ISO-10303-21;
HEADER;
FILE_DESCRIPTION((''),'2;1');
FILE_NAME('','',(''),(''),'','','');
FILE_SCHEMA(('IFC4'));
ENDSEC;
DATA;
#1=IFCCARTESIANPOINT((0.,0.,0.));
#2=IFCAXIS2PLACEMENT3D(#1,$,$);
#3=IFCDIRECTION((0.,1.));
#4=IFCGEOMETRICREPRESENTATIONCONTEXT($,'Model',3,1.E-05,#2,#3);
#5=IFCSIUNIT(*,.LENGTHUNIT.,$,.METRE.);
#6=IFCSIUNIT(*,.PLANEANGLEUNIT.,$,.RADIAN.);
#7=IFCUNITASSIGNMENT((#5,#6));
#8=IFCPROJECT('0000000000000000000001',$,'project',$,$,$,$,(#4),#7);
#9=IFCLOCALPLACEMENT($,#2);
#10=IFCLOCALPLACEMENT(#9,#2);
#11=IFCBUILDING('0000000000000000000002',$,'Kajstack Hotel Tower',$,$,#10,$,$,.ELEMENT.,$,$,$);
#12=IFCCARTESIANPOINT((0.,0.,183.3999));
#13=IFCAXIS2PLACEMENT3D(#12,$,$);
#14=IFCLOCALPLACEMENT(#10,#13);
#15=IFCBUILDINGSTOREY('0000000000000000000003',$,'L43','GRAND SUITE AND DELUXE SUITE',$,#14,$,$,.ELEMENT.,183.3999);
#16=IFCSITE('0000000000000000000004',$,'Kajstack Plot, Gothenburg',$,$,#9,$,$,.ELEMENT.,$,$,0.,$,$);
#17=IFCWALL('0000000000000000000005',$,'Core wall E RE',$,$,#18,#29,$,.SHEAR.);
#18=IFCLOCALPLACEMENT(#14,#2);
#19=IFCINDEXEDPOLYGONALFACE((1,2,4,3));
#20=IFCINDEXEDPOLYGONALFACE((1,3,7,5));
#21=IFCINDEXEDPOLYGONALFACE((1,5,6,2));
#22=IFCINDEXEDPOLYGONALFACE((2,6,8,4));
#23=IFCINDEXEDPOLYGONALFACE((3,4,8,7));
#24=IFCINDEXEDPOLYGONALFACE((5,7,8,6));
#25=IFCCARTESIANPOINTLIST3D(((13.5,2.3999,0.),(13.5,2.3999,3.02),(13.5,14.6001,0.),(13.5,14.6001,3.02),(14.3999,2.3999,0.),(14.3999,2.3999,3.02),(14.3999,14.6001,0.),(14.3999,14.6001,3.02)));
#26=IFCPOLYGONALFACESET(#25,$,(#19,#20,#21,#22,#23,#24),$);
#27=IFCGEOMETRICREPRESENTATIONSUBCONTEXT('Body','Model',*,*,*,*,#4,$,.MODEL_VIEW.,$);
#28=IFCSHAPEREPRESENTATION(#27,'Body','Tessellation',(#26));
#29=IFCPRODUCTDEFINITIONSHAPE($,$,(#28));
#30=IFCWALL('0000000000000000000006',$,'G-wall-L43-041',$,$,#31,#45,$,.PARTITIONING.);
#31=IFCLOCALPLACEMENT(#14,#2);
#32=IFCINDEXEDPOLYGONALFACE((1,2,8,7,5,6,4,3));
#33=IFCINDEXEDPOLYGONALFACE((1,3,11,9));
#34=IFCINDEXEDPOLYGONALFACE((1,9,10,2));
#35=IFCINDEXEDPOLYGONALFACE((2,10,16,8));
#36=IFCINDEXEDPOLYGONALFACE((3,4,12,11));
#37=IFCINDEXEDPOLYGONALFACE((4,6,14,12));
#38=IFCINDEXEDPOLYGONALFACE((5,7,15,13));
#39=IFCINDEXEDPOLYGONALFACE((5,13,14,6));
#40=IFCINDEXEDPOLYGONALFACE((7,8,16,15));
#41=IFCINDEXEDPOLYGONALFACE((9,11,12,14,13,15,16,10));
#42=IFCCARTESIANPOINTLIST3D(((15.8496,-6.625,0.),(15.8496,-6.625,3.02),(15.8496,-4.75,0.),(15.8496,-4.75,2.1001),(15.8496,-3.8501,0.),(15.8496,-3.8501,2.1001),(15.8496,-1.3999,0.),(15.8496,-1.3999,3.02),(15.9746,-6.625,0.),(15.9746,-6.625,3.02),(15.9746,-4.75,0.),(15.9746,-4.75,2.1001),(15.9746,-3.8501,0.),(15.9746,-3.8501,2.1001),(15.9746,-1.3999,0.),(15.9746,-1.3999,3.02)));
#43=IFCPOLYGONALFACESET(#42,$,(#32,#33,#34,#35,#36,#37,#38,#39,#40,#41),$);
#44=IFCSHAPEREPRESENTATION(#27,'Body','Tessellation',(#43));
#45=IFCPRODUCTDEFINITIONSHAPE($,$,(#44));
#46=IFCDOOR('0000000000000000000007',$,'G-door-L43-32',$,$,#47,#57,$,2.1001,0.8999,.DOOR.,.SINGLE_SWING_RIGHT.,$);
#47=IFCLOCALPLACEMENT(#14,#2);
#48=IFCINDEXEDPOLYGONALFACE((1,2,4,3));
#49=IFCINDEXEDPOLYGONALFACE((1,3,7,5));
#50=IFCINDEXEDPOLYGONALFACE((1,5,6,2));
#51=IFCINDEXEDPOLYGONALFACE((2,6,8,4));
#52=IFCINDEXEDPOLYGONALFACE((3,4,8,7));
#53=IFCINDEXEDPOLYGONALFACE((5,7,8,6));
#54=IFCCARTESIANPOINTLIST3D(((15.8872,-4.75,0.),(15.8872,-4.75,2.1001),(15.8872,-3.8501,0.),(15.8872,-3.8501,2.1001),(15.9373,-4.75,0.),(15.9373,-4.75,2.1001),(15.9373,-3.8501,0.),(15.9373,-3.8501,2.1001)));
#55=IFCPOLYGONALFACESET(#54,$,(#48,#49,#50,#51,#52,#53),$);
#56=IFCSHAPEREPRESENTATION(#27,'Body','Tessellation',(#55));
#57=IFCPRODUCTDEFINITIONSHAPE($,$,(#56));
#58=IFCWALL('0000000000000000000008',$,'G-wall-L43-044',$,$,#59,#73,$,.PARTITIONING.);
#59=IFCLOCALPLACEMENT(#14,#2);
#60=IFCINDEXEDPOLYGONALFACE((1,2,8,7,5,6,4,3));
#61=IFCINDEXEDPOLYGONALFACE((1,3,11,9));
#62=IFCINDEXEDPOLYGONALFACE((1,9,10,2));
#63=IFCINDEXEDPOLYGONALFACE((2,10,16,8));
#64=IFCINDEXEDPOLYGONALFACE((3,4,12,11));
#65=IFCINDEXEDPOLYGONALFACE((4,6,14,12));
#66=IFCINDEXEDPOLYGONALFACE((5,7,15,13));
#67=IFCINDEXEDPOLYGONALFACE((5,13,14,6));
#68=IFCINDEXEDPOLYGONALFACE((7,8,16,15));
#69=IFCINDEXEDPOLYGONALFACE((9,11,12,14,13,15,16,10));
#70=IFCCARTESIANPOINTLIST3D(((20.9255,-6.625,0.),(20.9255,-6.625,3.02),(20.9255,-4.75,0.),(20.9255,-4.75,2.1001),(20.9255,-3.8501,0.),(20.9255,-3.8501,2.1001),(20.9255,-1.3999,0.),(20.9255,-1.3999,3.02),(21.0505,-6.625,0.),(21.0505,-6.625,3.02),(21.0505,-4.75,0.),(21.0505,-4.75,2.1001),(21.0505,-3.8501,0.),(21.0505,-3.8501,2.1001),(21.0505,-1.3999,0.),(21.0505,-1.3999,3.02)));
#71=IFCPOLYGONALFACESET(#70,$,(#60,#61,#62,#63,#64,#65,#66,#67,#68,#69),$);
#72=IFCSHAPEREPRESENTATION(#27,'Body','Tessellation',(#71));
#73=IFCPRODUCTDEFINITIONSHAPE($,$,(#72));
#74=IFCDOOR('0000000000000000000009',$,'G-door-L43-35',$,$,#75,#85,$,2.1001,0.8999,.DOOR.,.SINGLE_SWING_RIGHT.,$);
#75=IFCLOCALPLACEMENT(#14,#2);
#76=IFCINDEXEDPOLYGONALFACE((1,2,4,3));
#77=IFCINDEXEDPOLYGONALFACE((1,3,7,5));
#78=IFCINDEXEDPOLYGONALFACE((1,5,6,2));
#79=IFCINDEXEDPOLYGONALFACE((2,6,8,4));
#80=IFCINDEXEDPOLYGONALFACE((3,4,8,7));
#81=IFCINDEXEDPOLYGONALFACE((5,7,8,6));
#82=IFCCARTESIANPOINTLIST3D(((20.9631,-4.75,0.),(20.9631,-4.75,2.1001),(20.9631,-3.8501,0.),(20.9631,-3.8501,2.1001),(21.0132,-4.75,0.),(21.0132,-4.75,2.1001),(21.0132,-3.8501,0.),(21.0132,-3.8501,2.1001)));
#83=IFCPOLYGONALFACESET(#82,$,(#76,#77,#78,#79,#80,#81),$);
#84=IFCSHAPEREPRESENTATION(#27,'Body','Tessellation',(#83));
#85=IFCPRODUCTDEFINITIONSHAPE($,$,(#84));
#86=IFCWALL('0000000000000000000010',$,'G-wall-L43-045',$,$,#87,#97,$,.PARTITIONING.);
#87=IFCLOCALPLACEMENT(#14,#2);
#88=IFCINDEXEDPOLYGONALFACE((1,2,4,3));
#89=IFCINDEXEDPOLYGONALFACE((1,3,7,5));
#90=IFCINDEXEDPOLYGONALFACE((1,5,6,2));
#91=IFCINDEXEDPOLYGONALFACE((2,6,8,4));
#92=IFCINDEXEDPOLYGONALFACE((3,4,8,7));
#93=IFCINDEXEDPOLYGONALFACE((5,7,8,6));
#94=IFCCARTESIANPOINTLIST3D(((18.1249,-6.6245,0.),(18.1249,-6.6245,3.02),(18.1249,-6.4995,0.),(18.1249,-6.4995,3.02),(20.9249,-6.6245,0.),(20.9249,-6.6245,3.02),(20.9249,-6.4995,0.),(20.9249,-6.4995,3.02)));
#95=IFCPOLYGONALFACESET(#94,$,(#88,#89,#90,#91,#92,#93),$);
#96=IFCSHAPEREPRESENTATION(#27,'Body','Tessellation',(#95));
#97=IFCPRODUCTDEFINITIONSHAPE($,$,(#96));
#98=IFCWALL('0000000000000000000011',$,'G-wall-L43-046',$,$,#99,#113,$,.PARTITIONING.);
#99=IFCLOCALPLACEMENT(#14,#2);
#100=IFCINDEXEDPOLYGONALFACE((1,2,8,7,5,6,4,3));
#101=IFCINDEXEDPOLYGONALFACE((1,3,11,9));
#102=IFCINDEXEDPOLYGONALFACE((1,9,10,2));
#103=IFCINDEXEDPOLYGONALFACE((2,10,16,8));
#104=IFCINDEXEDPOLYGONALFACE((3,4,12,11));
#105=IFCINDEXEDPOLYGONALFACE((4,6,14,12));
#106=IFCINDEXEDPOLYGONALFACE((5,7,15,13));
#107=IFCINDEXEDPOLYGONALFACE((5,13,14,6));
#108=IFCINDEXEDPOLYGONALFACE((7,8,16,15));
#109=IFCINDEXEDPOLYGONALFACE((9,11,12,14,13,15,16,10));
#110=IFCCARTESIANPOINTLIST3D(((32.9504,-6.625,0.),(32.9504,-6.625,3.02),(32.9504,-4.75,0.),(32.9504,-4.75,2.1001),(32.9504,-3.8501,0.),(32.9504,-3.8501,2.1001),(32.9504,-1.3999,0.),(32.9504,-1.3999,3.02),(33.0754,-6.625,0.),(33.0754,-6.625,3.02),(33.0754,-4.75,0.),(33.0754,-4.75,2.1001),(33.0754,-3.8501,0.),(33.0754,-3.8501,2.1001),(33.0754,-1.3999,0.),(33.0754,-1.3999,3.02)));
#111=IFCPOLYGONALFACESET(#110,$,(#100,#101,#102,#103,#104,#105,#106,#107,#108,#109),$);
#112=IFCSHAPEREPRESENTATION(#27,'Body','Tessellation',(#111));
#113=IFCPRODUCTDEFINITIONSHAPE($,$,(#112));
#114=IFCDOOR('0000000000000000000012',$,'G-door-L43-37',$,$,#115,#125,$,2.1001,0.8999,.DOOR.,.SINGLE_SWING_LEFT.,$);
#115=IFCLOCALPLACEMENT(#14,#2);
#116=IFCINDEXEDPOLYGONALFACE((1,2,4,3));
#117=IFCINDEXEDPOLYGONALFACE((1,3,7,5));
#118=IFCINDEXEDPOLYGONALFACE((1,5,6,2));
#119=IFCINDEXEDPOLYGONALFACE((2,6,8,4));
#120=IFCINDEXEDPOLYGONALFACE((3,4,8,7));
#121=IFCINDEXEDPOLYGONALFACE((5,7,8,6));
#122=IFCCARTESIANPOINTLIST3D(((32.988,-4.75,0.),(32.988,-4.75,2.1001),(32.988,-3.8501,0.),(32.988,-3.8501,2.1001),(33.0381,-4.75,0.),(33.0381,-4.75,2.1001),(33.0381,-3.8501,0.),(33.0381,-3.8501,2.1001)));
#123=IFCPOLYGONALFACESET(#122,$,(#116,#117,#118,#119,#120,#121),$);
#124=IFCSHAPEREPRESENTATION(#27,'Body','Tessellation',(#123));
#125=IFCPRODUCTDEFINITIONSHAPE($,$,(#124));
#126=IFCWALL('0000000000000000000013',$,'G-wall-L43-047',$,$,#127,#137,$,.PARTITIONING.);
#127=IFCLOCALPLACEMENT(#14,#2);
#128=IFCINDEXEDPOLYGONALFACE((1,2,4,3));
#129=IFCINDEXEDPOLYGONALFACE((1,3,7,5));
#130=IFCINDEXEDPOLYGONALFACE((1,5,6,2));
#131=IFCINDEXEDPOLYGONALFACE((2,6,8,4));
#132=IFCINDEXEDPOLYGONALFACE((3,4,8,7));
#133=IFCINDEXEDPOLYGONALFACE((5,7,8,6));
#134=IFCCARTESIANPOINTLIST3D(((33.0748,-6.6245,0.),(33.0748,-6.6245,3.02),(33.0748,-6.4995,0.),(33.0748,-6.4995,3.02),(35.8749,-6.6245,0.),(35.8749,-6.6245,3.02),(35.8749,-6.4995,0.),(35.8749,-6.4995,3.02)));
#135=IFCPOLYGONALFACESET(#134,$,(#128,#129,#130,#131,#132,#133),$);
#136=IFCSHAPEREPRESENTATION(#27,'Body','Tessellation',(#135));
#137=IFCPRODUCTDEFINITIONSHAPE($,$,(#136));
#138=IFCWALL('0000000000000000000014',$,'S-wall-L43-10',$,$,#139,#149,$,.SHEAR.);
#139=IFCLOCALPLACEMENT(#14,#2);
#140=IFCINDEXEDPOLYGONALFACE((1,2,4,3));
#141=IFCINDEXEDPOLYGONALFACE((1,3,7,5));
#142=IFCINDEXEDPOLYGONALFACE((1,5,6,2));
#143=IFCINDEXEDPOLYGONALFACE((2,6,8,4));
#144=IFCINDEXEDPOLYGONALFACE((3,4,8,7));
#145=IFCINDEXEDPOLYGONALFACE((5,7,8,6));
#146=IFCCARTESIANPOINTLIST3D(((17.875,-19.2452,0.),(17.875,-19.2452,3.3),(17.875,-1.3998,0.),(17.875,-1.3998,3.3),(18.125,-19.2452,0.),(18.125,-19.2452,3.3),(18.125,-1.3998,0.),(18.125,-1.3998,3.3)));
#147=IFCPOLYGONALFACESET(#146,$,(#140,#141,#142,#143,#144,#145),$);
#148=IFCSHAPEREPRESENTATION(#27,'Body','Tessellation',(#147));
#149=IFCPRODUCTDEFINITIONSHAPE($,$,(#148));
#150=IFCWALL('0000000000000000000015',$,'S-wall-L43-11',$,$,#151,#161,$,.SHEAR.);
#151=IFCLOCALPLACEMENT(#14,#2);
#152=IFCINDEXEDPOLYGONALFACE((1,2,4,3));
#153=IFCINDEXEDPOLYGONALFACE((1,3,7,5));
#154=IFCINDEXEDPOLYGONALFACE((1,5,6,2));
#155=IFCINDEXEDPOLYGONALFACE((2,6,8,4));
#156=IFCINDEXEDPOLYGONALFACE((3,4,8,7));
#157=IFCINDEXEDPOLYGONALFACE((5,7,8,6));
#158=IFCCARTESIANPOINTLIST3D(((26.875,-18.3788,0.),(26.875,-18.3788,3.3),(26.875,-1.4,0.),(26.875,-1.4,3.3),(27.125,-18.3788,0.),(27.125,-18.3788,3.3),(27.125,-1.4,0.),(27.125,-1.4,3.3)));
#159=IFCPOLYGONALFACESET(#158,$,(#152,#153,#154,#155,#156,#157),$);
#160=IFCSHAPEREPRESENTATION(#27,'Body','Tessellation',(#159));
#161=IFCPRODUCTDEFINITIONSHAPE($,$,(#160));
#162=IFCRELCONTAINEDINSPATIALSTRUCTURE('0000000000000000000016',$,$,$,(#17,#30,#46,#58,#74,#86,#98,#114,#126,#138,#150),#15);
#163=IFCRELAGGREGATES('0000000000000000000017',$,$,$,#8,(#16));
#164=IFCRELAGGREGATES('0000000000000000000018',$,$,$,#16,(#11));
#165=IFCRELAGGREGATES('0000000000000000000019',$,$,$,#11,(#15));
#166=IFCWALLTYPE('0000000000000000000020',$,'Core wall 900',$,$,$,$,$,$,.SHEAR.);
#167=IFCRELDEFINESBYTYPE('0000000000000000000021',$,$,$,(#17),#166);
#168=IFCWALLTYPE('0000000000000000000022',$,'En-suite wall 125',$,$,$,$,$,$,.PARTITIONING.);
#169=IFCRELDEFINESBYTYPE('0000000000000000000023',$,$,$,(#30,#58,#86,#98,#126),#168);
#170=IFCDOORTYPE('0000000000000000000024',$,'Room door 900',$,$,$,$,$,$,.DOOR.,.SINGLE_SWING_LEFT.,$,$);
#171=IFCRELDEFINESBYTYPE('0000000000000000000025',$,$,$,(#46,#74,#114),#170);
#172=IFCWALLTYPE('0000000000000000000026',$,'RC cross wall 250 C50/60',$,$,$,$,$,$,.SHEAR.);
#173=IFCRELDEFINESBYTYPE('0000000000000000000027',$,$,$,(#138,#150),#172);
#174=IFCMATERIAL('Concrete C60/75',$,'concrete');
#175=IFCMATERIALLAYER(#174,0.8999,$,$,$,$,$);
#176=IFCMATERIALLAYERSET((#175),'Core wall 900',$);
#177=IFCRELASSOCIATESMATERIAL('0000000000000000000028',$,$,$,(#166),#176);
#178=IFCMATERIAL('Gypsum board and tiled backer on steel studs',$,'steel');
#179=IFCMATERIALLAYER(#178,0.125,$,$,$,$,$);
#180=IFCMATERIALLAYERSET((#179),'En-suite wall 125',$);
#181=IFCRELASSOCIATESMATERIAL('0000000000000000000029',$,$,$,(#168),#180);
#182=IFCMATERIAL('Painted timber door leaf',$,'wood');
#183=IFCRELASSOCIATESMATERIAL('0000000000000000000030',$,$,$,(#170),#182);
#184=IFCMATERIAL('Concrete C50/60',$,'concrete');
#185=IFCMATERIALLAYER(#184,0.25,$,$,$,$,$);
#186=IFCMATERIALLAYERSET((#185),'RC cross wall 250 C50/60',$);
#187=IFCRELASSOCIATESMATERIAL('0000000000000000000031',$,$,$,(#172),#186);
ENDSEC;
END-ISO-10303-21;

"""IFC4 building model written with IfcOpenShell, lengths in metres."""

from ifc_helpers import new_model, si_unit, direction, frame, frame_2d, origin, place, context, subcontext, project, spatial, rectangle, extrude, material, layer, layer_set, type_object, element, fill, save


model = new_model("IFC4")

# Units and contexts
model_context = context("Model", 3, precision=1e-05, world=origin(), true_north=direction((0.0, 1.0)))
body_context = subcontext(model_context, "Body", "Model", "MODEL_VIEW")
ifc_project = project(units=[si_unit("LENGTHUNIT", "METRE"), si_unit("PLANEANGLEUNIT", "RADIAN")], contexts=[model_context])

# Site, building, storey
site_placement = place(None, origin())
site = spatial("IfcSite", under=ifc_project, at=site_placement, Name="Kajstack Plot, Gothenburg", CompositionType="ELEMENT", RefElevation=0.0)
building_placement = place(site_placement, origin())
building = spatial("IfcBuilding", under=site, at=building_placement, Name="Kajstack Hotel Tower", CompositionType="ELEMENT")
storey_placement = place(building_placement, frame((0.0, 0.0, 183.3999)))
storey = spatial("IfcBuildingStorey", under=building, at=storey_placement, Name="L43", Description="GRAND SUITE AND DELUXE SUITE", CompositionType="ELEMENT", Elevation=183.3999)

# Wall
ifc_material_1 = material(Name="Concrete C60/75", Category="concrete")
ifc_layer_1 = layer(ifc_material_1, 0.8999)
ifc_layer_set_1 = layer_set([ifc_layer_1], Name="Core wall 900")
wall_type_1 = type_object("IfcWallType", Name="Core wall 900", PredefinedType="SHEAR", material=ifc_layer_set_1)
wall_1_placement = place(storey_placement, frame((13.95, 2.3999, 0.0), z_axis=(0.0, 0.0, 1.0), x_axis=(0.0, 1.0, 0.0)))
element("IfcWall", 1, at=wall_1_placement, inside=storey, type_object=wall_type_1, Name="Core wall E RE", PredefinedType="SHEAR", context=body_context, shape_type="SweptSolid", body=[
    extrude(rectangle(XDim=12.2002, YDim=0.8999, at=frame_2d((6.1001, 0.0))), origin(), (0.0, 0.0, 1.0), 3.02),
])

# Walls, openings, doors
ifc_material_2 = material(Name="Gypsum board and tiled backer on steel studs", Category="steel")
ifc_layer_2 = layer(ifc_material_2, 0.125)
ifc_layer_set_2 = layer_set([ifc_layer_2], Name="En-suite wall 125")
wall_type_2 = type_object("IfcWallType", Name="En-suite wall 125", PredefinedType="PARTITIONING", material=ifc_layer_set_2)
wall_2_placement = place(storey_placement, frame((15.9121, -6.625, 0.0), z_axis=(0.0, 0.0, 1.0), x_axis=(0.0, 1.0, 0.0)))
wall_2 = element("IfcWall", 2, at=wall_2_placement, inside=storey, type_object=wall_type_2, Name="G-wall-L43-041", PredefinedType="PARTITIONING", context=body_context, shape_type="SweptSolid", body=[
    extrude(rectangle(XDim=5.2251, YDim=0.125, at=frame_2d((2.6125, 0.0))), origin(), (0.0, 0.0, 1.0), 3.02),
])
opening_1_placement = place(wall_2_placement, frame((1.875, 0.0, 0.0)))
opening_1 = element("IfcOpeningElement", 3, at=opening_1_placement, cuts=wall_2, PredefinedType="OPENING", context=body_context, shape_type="SweptSolid", body=[
    extrude(rectangle(XDim=0.8999, YDim=2.1001, at=frame_2d((0.45, 1.05))), frame((0.0, 0.0725, 0.0), z_axis=(0.0, -1.0, 0.0), x_axis=(1.0, 0.0, 0.0)), (0.0, 0.0, 1.0), 0.145),
])
ifc_material_3 = material(Name="Painted timber door leaf", Category="wood")
door_type_1 = type_object("IfcDoorType", Name="Room door 900", OperationType="SINGLE_SWING_LEFT", PredefinedType="DOOR", material=ifc_material_3)
door_1_placement = place(opening_1_placement, origin())
door_1 = element("IfcDoor", 4, at=door_1_placement, inside=storey, type_object=door_type_1, Name="G-door-L43-32", OperationType="SINGLE_SWING_RIGHT", OverallHeight=2.1001, OverallWidth=0.8999, PredefinedType="DOOR", context=body_context, shape_type="SweptSolid", body=[
    extrude(rectangle(XDim=0.8999, YDim=2.1001, at=frame_2d((0.45, 1.05))), frame((0.0, 0.0249, 0.0), z_axis=(0.0, -1.0, 0.0), x_axis=(1.0, 0.0, 0.0)), (0.0, 0.0, 1.0), 0.05),
])
fill(opening_1, door_1)
wall_3_placement = place(storey_placement, frame((20.988, -6.625, 0.0), z_axis=(0.0, 0.0, 1.0), x_axis=(0.0, 1.0, 0.0)))
wall_3 = element("IfcWall", 5, at=wall_3_placement, inside=storey, type_object=wall_type_2, Name="G-wall-L43-044", PredefinedType="PARTITIONING", context=body_context, shape_type="SweptSolid", body=[
    extrude(rectangle(XDim=5.2251, YDim=0.125, at=frame_2d((2.6125, 0.0))), origin(), (0.0, 0.0, 1.0), 3.02),
])
opening_2_placement = place(wall_3_placement, frame((1.875, 0.0, 0.0)))
opening_2 = element("IfcOpeningElement", 6, at=opening_2_placement, cuts=wall_3, PredefinedType="OPENING", context=body_context, shape_type="SweptSolid", body=[
    extrude(rectangle(XDim=0.8999, YDim=2.1001, at=frame_2d((0.45, 1.05))), frame((0.0, 0.0725, 0.0), z_axis=(0.0, -1.0, 0.0), x_axis=(1.0, 0.0, 0.0)), (0.0, 0.0, 1.0), 0.145),
])
door_2_placement = place(opening_2_placement, origin())
door_2 = element("IfcDoor", 7, at=door_2_placement, inside=storey, type_object=door_type_1, Name="G-door-L43-35", OperationType="SINGLE_SWING_RIGHT", OverallHeight=2.1001, OverallWidth=0.8999, PredefinedType="DOOR", context=body_context, shape_type="SweptSolid", body=[
    extrude(rectangle(XDim=0.8999, YDim=2.1001, at=frame_2d((0.45, 1.05))), frame((0.0, 0.0249, 0.0), z_axis=(0.0, -1.0, 0.0), x_axis=(1.0, 0.0, 0.0)), (0.0, 0.0, 1.0), 0.05),
])
fill(opening_2, door_2)

# Wall
wall_4_placement = place(storey_placement, frame((18.125, -6.562, 0.0), z_axis=(0.0, 0.0, 1.0), x_axis=(1.0, 0.0, 0.0)))
element("IfcWall", 8, at=wall_4_placement, inside=storey, type_object=wall_type_2, Name="G-wall-L43-045", PredefinedType="PARTITIONING", context=body_context, shape_type="SweptSolid", body=[
    extrude(rectangle(XDim=2.8, YDim=0.125, at=frame_2d((1.3999, 0.0))), origin(), (0.0, 0.0, 1.0), 3.02),
])

# Wall, opening, door
wall_5_placement = place(storey_placement, frame((33.0129, -6.625, 0.0), z_axis=(0.0, 0.0, 1.0), x_axis=(0.0, 1.0, 0.0)))
wall_5 = element("IfcWall", 9, at=wall_5_placement, inside=storey, type_object=wall_type_2, Name="G-wall-L43-046", PredefinedType="PARTITIONING", context=body_context, shape_type="SweptSolid", body=[
    extrude(rectangle(XDim=5.2251, YDim=0.125, at=frame_2d((2.6125, 0.0))), origin(), (0.0, 0.0, 1.0), 3.02),
])
opening_3_placement = place(wall_5_placement, frame((1.875, 0.0, 0.0)))
opening_3 = element("IfcOpeningElement", 10, at=opening_3_placement, cuts=wall_5, PredefinedType="OPENING", context=body_context, shape_type="SweptSolid", body=[
    extrude(rectangle(XDim=0.8999, YDim=2.1001, at=frame_2d((0.45, 1.05))), frame((0.0, 0.0725, 0.0), z_axis=(0.0, -1.0, 0.0), x_axis=(1.0, 0.0, 0.0)), (0.0, 0.0, 1.0), 0.145),
])
door_3_placement = place(opening_3_placement, origin())
door_3 = element("IfcDoor", 11, at=door_3_placement, inside=storey, type_object=door_type_1, Name="G-door-L43-37", OperationType="SINGLE_SWING_LEFT", OverallHeight=2.1001, OverallWidth=0.8999, PredefinedType="DOOR", context=body_context, shape_type="SweptSolid", body=[
    extrude(rectangle(XDim=0.8999, YDim=2.1001, at=frame_2d((0.45, 1.05))), frame((0.0, 0.0249, 0.0), z_axis=(0.0, -1.0, 0.0), x_axis=(1.0, 0.0, 0.0)), (0.0, 0.0, 1.0), 0.05),
])
fill(opening_3, door_3)

# Walls
wall_6_placement = place(storey_placement, frame((33.075, -6.562, 0.0), z_axis=(0.0, 0.0, 1.0), x_axis=(1.0, 0.0, 0.0)))
element("IfcWall", 12, at=wall_6_placement, inside=storey, type_object=wall_type_2, Name="G-wall-L43-047", PredefinedType="PARTITIONING", context=body_context, shape_type="SweptSolid", body=[
    extrude(rectangle(XDim=2.8, YDim=0.125, at=frame_2d((1.3999, 0.0))), origin(), (0.0, 0.0, 1.0), 3.02),
])
ifc_material_4 = material(Name="Concrete C50/60", Category="concrete")
ifc_layer_3 = layer(ifc_material_4, 0.25)
ifc_layer_set_3 = layer_set([ifc_layer_3], Name="RC cross wall 250 C50/60")
wall_type_3 = type_object("IfcWallType", Name="RC cross wall 250 C50/60", PredefinedType="SHEAR", material=ifc_layer_set_3)
wall_7_placement = place(storey_placement, frame((18.0, -19.2454, 0.0), z_axis=(0.0, 0.0, 1.0), x_axis=(0.0, 1.0, 0.0)))
element("IfcWall", 13, at=wall_7_placement, inside=storey, type_object=wall_type_3, Name="S-wall-L43-10", PredefinedType="SHEAR", context=body_context, shape_type="SweptSolid", body=[
    extrude(rectangle(XDim=17.8455, YDim=0.25, at=frame_2d((8.9229, 0.0))), origin(), (0.0, 0.0, 1.0), 3.3),
])
wall_8_placement = place(storey_placement, frame((27.0, -18.3787, 0.0), z_axis=(0.0, 0.0, 1.0), x_axis=(0.0, 1.0, 0.0)))
element("IfcWall", 14, at=wall_8_placement, inside=storey, type_object=wall_type_3, Name="S-wall-L43-11", PredefinedType="SHEAR", context=body_context, shape_type="SweptSolid", body=[
    extrude(rectangle(XDim=16.9788, YDim=0.25, at=frame_2d((8.4893, 0.0))), origin(), (0.0, 0.0, 1.0), 3.3),
])

save(model, "model.ifc")
